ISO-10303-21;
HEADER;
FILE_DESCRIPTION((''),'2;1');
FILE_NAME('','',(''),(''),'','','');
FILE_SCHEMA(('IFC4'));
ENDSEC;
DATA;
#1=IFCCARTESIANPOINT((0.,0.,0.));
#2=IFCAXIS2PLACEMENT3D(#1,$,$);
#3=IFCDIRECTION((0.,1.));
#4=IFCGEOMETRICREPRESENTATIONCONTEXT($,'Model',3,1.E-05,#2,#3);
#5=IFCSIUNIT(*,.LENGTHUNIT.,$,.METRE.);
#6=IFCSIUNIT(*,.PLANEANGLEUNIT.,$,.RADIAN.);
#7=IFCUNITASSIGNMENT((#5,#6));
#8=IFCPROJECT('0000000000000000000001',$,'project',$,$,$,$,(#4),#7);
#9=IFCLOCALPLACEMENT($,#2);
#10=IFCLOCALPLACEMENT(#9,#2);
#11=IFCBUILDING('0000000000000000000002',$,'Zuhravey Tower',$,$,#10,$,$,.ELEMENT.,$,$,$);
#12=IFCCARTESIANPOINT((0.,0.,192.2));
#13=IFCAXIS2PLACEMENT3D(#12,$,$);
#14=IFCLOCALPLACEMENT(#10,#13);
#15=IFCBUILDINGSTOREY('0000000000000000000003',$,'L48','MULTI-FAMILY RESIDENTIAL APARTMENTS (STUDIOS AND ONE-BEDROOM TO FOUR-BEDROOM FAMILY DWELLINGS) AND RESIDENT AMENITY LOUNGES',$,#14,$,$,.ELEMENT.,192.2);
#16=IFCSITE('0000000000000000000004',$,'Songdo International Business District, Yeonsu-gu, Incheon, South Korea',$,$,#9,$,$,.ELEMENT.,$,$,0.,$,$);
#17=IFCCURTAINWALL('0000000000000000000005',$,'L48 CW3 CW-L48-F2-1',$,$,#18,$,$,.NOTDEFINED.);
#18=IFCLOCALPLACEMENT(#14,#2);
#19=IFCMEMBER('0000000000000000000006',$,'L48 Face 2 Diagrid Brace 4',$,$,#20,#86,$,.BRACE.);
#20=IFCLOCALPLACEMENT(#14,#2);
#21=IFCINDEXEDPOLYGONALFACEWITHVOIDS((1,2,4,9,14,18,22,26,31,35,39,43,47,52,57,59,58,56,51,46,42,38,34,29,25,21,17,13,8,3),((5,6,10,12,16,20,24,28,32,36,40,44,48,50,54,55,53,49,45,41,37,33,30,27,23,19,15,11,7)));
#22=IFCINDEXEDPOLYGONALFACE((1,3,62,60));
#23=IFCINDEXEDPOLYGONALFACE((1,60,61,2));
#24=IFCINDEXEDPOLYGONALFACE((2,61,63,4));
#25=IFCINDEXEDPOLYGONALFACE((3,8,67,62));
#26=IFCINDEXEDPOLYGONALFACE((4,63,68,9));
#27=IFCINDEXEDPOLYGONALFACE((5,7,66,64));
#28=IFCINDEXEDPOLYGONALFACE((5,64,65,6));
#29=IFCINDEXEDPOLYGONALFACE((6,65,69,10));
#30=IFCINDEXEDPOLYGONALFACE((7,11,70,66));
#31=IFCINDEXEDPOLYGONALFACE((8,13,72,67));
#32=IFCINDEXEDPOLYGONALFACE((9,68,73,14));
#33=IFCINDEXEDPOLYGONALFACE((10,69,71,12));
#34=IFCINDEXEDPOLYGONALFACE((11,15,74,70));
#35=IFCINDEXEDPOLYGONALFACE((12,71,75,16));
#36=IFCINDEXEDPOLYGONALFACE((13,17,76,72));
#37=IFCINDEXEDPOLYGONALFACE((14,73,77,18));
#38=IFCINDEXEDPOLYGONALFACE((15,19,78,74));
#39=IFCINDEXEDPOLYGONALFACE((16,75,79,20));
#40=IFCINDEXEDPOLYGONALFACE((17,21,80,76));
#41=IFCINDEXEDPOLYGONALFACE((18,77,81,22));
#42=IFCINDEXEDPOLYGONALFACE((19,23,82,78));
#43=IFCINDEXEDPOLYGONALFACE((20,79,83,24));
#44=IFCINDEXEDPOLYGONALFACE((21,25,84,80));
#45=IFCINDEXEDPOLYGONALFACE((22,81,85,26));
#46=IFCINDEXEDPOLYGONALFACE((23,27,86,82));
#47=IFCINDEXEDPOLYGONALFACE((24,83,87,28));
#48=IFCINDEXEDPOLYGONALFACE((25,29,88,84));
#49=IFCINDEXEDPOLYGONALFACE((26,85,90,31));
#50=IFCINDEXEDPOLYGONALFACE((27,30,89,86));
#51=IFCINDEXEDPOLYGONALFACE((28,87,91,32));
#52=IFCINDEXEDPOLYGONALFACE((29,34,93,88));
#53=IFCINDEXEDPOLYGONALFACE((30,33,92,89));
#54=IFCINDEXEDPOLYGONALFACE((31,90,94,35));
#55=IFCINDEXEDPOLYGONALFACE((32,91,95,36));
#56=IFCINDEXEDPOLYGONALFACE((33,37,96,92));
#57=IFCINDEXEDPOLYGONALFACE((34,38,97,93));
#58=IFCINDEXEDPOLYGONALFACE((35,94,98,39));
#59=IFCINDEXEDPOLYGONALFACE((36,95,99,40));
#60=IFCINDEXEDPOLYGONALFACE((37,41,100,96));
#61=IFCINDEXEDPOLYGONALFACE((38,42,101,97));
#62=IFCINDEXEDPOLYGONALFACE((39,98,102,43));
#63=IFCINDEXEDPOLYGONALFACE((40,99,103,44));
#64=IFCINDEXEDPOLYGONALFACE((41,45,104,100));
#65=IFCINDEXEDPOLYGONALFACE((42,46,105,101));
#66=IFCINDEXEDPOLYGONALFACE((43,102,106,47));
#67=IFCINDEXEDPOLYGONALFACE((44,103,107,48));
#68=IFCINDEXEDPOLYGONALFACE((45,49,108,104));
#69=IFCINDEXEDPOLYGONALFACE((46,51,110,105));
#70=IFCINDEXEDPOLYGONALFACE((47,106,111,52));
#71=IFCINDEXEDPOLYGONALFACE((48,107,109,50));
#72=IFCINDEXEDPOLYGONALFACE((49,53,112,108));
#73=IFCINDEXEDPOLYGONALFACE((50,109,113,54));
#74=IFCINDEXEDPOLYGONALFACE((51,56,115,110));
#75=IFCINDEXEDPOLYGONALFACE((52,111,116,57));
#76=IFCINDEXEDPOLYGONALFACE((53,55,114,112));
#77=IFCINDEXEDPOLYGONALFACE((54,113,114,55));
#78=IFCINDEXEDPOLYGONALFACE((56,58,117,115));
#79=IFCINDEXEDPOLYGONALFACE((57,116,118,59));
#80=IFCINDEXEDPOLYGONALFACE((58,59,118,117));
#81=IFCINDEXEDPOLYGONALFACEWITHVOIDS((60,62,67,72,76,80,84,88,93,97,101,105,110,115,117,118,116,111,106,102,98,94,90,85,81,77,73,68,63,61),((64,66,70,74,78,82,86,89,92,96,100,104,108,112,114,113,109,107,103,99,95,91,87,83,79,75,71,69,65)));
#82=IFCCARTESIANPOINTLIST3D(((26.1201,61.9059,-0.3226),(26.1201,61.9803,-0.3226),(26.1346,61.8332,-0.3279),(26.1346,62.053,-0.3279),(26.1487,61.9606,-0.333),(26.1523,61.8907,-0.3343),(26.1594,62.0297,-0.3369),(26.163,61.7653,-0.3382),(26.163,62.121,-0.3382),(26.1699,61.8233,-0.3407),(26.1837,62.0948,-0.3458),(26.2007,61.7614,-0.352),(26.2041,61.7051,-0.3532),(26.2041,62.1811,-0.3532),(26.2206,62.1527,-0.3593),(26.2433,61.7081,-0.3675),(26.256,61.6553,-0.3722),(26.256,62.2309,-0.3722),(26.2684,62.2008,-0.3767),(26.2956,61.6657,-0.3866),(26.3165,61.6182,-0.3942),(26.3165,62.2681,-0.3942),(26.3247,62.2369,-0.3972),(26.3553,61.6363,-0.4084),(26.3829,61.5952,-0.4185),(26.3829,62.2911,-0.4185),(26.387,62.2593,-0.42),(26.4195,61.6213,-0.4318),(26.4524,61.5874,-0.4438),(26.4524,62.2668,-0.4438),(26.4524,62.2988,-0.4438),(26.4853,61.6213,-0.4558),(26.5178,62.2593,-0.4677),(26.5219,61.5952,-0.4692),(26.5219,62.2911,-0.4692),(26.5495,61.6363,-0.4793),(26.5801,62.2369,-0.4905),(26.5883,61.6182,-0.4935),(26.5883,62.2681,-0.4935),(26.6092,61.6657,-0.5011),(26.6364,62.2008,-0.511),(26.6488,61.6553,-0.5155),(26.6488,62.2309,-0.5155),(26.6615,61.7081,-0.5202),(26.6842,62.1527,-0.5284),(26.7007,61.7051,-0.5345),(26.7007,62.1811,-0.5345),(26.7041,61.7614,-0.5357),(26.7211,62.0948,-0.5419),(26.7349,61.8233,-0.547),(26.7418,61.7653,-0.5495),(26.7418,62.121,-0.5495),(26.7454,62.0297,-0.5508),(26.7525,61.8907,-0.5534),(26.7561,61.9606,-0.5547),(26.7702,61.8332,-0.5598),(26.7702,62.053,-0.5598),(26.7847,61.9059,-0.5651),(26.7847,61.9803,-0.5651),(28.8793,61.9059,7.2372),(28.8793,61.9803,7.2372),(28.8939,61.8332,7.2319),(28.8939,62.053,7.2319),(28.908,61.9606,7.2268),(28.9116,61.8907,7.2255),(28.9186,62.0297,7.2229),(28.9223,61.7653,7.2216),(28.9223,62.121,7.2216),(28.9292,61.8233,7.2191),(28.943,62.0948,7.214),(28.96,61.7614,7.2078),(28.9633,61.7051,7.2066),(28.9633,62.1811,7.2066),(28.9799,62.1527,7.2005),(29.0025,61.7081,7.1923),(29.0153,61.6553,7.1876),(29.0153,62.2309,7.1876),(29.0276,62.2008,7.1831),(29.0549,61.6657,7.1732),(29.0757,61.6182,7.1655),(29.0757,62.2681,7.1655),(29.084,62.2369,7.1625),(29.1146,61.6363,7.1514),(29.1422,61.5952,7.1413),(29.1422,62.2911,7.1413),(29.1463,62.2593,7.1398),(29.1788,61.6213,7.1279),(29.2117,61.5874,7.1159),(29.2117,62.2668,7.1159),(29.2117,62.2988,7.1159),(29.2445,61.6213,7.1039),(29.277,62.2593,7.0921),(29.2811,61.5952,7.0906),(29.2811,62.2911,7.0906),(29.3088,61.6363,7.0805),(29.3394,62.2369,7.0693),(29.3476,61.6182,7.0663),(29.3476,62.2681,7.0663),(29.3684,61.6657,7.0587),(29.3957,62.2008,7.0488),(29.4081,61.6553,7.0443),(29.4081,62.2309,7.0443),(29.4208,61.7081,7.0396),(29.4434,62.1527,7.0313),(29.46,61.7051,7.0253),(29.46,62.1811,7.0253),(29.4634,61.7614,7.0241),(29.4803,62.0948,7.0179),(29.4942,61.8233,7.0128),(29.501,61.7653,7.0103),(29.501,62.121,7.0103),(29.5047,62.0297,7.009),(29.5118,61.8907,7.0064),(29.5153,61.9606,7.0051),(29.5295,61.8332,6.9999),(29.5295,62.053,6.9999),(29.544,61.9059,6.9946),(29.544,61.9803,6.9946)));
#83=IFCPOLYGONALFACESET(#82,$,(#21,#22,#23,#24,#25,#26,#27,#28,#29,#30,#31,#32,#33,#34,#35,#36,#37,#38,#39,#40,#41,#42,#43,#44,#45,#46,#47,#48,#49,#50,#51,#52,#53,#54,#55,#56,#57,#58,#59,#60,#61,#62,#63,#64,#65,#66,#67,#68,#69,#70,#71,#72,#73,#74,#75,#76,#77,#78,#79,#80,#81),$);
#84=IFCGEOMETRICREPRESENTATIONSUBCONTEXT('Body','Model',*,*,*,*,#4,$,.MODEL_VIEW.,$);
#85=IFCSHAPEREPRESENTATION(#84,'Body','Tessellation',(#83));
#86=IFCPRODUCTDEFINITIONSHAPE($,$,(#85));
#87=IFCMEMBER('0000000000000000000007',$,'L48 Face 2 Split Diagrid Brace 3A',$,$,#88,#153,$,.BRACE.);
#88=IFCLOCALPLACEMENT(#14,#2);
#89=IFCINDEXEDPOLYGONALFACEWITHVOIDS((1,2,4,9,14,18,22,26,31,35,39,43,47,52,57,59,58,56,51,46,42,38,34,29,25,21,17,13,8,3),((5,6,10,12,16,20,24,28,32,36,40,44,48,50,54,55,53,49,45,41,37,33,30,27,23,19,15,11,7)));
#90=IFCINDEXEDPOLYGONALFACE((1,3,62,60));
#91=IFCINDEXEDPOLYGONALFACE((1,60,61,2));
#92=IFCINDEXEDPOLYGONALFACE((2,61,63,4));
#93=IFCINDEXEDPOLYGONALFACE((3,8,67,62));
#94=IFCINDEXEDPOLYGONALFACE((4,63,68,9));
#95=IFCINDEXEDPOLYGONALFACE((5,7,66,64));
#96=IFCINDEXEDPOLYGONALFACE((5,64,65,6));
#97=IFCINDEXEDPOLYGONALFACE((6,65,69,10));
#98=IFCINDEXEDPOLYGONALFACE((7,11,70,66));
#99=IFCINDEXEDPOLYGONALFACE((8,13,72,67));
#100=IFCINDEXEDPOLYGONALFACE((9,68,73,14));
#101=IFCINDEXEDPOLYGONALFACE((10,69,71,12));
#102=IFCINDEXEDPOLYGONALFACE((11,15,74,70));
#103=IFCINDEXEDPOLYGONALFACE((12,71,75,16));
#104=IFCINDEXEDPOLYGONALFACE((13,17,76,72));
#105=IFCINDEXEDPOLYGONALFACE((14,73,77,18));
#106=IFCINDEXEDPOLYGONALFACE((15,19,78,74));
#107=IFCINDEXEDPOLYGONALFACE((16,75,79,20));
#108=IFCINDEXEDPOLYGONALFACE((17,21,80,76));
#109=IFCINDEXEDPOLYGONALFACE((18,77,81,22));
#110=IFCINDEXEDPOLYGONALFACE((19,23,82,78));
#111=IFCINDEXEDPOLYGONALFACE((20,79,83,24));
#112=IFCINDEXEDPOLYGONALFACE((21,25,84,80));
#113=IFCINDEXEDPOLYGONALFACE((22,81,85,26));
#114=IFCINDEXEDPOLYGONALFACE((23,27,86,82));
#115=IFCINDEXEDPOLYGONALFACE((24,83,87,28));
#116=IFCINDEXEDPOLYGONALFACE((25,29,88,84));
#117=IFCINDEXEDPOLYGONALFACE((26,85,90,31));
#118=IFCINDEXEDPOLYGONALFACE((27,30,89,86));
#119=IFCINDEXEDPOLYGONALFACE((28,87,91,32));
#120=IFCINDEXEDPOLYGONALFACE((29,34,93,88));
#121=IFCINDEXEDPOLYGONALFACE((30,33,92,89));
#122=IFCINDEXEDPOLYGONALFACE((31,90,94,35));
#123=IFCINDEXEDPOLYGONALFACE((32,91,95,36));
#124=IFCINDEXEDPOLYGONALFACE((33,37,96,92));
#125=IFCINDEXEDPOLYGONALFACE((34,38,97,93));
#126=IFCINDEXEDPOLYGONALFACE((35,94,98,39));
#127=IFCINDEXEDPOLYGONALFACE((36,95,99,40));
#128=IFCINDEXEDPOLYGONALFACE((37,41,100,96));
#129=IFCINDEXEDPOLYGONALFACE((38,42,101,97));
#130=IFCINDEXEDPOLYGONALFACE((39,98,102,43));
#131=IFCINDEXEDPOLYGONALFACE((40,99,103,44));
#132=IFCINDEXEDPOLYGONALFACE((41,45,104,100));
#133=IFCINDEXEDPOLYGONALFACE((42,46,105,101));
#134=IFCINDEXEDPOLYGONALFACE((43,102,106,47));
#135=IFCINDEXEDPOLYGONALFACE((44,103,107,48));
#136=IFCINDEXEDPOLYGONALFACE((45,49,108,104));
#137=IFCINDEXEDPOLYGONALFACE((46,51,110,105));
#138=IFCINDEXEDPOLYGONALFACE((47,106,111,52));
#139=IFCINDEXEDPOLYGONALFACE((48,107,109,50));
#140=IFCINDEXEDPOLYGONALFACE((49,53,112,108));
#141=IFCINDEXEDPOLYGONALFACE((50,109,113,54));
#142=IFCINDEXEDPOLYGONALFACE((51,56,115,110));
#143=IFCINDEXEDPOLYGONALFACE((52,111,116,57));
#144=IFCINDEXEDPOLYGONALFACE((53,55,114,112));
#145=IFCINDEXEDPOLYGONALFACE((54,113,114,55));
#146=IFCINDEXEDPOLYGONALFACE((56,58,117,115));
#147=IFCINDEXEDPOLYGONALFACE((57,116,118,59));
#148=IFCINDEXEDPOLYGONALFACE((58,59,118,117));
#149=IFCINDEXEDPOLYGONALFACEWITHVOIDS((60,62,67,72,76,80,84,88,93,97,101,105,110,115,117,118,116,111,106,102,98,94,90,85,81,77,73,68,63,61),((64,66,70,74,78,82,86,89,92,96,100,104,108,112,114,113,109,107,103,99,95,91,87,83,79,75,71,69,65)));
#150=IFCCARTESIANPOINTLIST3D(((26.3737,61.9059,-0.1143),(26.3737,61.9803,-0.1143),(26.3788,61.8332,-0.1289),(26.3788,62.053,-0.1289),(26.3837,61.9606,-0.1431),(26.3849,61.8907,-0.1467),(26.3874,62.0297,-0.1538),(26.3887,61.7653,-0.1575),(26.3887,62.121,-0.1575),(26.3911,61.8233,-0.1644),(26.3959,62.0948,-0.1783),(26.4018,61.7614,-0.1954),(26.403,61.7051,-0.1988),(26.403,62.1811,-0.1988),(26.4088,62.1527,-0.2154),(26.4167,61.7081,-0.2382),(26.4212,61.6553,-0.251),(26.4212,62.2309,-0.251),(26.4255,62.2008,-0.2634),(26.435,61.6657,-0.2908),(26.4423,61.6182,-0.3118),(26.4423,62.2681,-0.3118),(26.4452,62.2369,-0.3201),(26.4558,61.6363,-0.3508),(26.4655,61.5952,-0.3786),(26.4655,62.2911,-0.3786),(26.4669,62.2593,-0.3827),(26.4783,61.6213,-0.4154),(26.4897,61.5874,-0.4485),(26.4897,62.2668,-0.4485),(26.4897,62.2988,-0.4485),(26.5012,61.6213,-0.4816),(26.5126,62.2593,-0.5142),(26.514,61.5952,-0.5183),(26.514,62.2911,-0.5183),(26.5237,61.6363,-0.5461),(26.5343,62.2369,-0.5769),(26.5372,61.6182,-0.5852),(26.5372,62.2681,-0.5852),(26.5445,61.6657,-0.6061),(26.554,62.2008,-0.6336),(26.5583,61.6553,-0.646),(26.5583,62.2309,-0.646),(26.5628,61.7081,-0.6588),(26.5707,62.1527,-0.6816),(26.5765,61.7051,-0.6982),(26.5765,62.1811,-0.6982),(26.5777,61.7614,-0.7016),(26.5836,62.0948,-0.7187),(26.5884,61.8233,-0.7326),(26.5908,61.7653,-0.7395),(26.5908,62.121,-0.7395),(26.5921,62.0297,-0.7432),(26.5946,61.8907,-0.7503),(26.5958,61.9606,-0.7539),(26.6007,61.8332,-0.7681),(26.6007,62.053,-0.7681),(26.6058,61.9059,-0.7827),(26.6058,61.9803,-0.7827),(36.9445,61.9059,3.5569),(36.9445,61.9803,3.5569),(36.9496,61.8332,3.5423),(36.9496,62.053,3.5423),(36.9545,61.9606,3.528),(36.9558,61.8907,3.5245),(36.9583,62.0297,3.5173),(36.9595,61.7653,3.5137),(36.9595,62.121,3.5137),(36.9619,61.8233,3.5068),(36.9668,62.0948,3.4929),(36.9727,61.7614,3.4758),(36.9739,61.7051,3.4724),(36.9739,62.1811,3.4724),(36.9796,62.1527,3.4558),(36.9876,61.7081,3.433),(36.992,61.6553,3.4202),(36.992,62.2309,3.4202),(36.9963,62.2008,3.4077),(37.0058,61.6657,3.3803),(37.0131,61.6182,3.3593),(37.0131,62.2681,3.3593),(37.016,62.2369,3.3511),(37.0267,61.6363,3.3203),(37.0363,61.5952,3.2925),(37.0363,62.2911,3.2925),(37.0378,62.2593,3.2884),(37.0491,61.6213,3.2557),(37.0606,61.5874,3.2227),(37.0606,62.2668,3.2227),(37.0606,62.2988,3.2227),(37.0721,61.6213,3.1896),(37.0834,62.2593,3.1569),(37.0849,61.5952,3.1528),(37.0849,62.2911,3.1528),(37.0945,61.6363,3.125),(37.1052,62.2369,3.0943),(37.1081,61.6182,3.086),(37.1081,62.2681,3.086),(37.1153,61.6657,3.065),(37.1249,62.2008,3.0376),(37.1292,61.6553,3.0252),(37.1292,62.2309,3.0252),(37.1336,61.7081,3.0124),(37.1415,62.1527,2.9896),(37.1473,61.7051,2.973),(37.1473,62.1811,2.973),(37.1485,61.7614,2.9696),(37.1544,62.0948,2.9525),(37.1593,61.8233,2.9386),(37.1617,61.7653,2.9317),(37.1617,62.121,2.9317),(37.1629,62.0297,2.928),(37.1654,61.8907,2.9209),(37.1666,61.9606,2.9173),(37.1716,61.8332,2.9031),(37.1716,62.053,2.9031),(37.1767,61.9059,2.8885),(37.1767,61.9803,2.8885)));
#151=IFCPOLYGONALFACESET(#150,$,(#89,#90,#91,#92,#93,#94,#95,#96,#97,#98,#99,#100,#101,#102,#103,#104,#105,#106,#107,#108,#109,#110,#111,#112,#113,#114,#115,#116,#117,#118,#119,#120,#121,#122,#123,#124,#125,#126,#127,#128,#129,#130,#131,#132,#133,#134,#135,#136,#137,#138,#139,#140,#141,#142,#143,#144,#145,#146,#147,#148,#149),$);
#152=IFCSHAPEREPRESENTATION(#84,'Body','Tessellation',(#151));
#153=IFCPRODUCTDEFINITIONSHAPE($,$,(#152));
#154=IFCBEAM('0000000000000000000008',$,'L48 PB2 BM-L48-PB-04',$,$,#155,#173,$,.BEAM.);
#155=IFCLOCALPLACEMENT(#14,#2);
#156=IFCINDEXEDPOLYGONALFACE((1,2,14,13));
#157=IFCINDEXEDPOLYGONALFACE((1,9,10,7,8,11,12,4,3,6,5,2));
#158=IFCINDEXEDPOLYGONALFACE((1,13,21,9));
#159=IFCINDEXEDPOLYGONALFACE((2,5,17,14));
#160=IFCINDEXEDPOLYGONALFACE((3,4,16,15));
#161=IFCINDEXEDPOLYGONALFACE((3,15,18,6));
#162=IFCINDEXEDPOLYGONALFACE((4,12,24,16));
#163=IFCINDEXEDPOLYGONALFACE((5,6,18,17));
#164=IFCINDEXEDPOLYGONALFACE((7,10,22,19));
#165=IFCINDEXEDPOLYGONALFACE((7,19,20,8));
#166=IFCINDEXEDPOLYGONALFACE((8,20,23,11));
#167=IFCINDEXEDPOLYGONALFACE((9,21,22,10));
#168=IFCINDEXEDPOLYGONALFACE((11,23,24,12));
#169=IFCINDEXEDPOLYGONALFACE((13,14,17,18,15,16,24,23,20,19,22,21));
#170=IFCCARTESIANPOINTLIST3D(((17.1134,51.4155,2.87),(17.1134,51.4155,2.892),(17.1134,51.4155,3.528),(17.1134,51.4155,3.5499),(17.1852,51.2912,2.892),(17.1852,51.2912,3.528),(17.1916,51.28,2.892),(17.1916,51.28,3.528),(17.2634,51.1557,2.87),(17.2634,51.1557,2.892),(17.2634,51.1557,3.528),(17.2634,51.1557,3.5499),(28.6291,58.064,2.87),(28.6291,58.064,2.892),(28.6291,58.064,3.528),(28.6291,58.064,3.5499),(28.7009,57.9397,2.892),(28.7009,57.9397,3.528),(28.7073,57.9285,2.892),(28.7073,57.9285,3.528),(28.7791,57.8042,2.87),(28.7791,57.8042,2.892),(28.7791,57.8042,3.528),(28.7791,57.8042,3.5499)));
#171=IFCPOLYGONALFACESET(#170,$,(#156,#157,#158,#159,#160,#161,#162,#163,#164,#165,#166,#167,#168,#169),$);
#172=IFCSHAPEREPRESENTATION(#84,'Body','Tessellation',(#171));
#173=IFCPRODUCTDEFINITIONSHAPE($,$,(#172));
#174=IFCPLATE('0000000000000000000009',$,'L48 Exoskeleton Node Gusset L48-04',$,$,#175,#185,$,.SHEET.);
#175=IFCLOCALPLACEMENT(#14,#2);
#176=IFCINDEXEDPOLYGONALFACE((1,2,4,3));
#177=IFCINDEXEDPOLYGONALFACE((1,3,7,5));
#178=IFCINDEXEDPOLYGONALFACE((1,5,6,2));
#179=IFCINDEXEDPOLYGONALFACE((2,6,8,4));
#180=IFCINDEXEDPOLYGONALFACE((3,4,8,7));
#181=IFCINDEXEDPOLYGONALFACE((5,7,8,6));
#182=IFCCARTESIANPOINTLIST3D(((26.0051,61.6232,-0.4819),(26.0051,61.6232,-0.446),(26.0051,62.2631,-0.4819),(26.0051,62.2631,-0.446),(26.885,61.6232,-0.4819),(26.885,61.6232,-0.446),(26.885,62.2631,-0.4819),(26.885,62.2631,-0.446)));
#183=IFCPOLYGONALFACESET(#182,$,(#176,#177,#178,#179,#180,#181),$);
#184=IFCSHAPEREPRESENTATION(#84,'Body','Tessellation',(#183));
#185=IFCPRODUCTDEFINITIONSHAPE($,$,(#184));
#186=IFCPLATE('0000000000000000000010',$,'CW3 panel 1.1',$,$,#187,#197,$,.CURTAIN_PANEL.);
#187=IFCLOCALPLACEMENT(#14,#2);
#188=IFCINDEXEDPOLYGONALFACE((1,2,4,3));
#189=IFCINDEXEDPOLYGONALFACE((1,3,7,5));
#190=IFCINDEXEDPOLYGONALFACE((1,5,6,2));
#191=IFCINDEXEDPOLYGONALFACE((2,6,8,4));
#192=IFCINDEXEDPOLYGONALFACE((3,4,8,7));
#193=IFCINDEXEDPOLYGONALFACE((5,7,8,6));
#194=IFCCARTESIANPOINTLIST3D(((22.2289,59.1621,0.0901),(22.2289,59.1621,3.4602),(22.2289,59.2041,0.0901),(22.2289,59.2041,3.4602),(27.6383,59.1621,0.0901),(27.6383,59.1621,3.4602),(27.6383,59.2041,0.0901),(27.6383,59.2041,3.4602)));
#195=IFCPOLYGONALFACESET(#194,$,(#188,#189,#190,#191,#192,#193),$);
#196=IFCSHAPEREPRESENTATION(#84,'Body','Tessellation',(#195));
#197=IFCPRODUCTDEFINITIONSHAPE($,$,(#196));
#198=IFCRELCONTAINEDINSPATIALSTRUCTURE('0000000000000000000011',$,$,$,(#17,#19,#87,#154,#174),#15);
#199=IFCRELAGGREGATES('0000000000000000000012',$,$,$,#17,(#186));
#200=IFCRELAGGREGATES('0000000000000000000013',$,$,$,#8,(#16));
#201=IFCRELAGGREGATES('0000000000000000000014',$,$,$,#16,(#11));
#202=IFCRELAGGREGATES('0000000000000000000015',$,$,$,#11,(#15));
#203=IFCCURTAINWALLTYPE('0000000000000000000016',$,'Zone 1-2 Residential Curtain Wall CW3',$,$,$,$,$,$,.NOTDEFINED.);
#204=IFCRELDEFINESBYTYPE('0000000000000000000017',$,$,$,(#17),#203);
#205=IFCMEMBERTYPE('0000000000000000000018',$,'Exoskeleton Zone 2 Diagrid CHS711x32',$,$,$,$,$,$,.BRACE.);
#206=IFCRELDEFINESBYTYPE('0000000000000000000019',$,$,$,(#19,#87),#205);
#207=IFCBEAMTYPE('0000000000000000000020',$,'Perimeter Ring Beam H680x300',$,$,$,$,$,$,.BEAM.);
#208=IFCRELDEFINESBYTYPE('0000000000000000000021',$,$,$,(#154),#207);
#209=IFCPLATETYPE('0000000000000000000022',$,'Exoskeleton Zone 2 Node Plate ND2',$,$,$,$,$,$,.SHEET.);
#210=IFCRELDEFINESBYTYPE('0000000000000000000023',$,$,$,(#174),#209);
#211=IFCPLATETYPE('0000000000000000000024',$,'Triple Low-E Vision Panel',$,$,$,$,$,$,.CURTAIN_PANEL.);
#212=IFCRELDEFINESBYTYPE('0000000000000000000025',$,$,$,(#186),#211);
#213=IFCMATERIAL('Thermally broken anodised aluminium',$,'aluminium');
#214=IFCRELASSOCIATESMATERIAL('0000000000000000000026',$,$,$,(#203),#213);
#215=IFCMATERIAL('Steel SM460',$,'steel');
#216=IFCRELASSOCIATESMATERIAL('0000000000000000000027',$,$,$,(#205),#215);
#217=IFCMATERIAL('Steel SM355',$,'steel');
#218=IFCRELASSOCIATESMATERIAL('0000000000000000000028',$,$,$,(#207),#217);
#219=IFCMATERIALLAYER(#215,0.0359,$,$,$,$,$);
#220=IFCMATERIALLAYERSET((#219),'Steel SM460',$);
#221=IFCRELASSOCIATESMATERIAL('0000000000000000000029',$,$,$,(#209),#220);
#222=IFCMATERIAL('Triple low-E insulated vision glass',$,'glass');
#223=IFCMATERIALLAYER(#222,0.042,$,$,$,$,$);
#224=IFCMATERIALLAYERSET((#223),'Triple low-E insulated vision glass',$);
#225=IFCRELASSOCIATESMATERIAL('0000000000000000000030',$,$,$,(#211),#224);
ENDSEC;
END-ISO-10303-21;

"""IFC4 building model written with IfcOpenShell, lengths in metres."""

from ifc_helpers import new_model, si_unit, direction, frame, origin, origin_2d, place, context, subcontext, project, spatial, rectangle, hollow_circle, i_section, extrude, material, layer, layer_set, material_profile, profile_set, type_object, element, aggregate, save


model = new_model("IFC4")

# Units and contexts
model_context = context("Model", 3, precision=1e-05, world=origin(), true_north=direction((0.0, 1.0)))
body_context = subcontext(model_context, "Body", "Model", "MODEL_VIEW")
ifc_project = project(units=[si_unit("LENGTHUNIT", "METRE"), si_unit("PLANEANGLEUNIT", "RADIAN")], contexts=[model_context])

# Site, building, storey
site_placement = place(None, origin())
site = spatial("IfcSite", under=ifc_project, at=site_placement, Name="Songdo International Business District, Yeonsu-gu, Incheon, South Korea", CompositionType="ELEMENT", RefElevation=0.0)
building_placement = place(site_placement, origin())
building = spatial("IfcBuilding", under=site, at=building_placement, Name="Zuhravey Tower", CompositionType="ELEMENT")
storey_placement = place(building_placement, frame((0.0, 0.0, 192.2)))
storey = spatial("IfcBuildingStorey", under=building, at=storey_placement, Name="L48", Description="MULTI-FAMILY RESIDENTIAL APARTMENTS (STUDIOS AND ONE-BEDROOM TO FOUR-BEDROOM FAMILY DWELLINGS) AND RESIDENT AMENITY LOUNGES", CompositionType="ELEMENT", Elevation=192.2)

# Curtain wall
ifc_material_1 = material(Name="Thermally broken anodised aluminium", Category="aluminium")
curtain_wall_type = type_object("IfcCurtainWallType", Name="Zone 1-2 Residential Curtain Wall CW3", PredefinedType="NOTDEFINED", material=ifc_material_1)
curtain_wall_placement = place(storey_placement, origin())
curtain_wall = element("IfcCurtainWall", 1, at=curtain_wall_placement, inside=storey, type_object=curtain_wall_type, Name="L48 CW3 CW-L48-F2-1", PredefinedType="NOTDEFINED")

# Members
ifc_material_2 = material(Name="Steel SM460", Category="steel")
ifc_material_profile_1 = material_profile(ifc_material_2, hollow_circle(Radius=0.3557, WallThickness=0.032, at=origin_2d()), Name="CHS-711.2x32")
ifc_profile_set_1 = profile_set([ifc_material_profile_1], Name="Steel SM460")
member_type_1 = type_object("IfcMemberType", Name="Exoskeleton Zone 2 Diagrid CHS711x32", PredefinedType="BRACE", material=ifc_profile_set_1)
member_1_placement = place(storey_placement, frame((26.4524, 61.9431, -0.4438), z_axis=(0.342868, 0.0, 0.939384), x_axis=(0.0, 1.0, 0.0)))
element("IfcMember", 2, at=member_1_placement, inside=storey, type_object=member_type_1, Name="L48 Face 2 Diagrid Brace 4", PredefinedType="BRACE", context=body_context, shape_type="SweptSolid", body=[
    extrude(hollow_circle(Radius=0.3557, WallThickness=0.032, at=origin_2d()), origin(), (0.0, 0.0, 1.0), 8.0476),
])
member_2_placement = place(storey_placement, frame((26.4897, 61.9431, -0.4485), z_axis=(0.944654, 0.0, 0.32807), x_axis=(0.0, 1.0, 0.0)))
element("IfcMember", 3, at=member_2_placement, inside=storey, type_object=member_type_1, Name="L48 Face 2 Split Diagrid Brace 3A", PredefinedType="BRACE", context=body_context, shape_type="SweptSolid", body=[
    extrude(hollow_circle(Radius=0.3557, WallThickness=0.032, at=origin_2d()), origin(), (0.0, 0.0, 1.0), 11.1902),
])

# Beam
ifc_material_3 = material(Name="Steel SM355", Category="steel")
ifc_material_profile_2 = material_profile(ifc_material_3, i_section(OverallWidth=0.3, OverallDepth=0.6799, WebThickness=0.0129, FlangeThickness=0.022, at=origin_2d()), Name="H-680x300x13x22")
ifc_profile_set_2 = profile_set([ifc_material_profile_2], Name="Steel SM355")
beam_type = type_object("IfcBeamType", Name="Perimeter Ring Beam H680x300", PredefinedType="BEAM", material=ifc_profile_set_2)
beam_placement = place(storey_placement, frame((28.7041, 57.9341, 3.21), z_axis=(-0.866029, -0.499994, 0.0), x_axis=(0.499994, -0.866029, 0.0)))
element("IfcBeam", 4, at=beam_placement, inside=storey, type_object=beam_type, Name="L48 PB2 BM-L48-PB-04", PredefinedType="BEAM", context=body_context, shape_type="SweptSolid", body=[
    extrude(i_section(OverallWidth=0.3, OverallDepth=0.6799, WebThickness=0.0129, FlangeThickness=0.022, at=origin_2d()), origin(), (0.0, 0.0, 1.0), 13.2971),
])

# Plates
ifc_layer_1 = layer(ifc_material_2, 0.0359)
ifc_layer_set_1 = layer_set([ifc_layer_1], Name="Steel SM460")
plate_type_1 = type_object("IfcPlateType", Name="Exoskeleton Zone 2 Node Plate ND2", PredefinedType="SHEET", material=ifc_layer_set_1)
plate_1_placement = place(storey_placement, frame((26.4451, 61.9431, -0.4819), z_axis=(0.0, 0.0, 1.0), x_axis=(-1.0, 0.0, 0.0)))
element("IfcPlate", 5, at=plate_1_placement, inside=storey, type_object=plate_type_1, Name="L48 Exoskeleton Node Gusset L48-04", PredefinedType="SHEET", context=body_context, shape_type="SweptSolid", body=[
    extrude(rectangle(XDim=0.8799, YDim=0.6399, at=origin_2d()), origin(), (0.0, 0.0, 1.0), 0.0359),
])
ifc_material_4 = material(Name="Triple low-E insulated vision glass", Category="glass")
ifc_layer_2 = layer(ifc_material_4, 0.042)
ifc_layer_set_2 = layer_set([ifc_layer_2], Name="Triple low-E insulated vision glass")
plate_type_2 = type_object("IfcPlateType", Name="Triple Low-E Vision Panel", PredefinedType="CURTAIN_PANEL", material=ifc_layer_set_2)
plate_2_placement = place(storey_placement, frame((24.9336, 59.1831, 0.0901), z_axis=(0.0, 0.0, 1.0), x_axis=(1.0, 0.0, 0.0)))
plate_2 = element("IfcPlate", 6, at=plate_2_placement, type_object=plate_type_2, Name="CW3 panel 1.1", PredefinedType="CURTAIN_PANEL", context=body_context, shape_type="SweptSolid", body=[
    extrude(rectangle(XDim=5.4094, YDim=0.042, at=origin_2d()), origin(), (0.0, 0.0, 1.0), 3.3701),
])
aggregate(curtain_wall, [plate_2])

save(model, "model.ifc")
